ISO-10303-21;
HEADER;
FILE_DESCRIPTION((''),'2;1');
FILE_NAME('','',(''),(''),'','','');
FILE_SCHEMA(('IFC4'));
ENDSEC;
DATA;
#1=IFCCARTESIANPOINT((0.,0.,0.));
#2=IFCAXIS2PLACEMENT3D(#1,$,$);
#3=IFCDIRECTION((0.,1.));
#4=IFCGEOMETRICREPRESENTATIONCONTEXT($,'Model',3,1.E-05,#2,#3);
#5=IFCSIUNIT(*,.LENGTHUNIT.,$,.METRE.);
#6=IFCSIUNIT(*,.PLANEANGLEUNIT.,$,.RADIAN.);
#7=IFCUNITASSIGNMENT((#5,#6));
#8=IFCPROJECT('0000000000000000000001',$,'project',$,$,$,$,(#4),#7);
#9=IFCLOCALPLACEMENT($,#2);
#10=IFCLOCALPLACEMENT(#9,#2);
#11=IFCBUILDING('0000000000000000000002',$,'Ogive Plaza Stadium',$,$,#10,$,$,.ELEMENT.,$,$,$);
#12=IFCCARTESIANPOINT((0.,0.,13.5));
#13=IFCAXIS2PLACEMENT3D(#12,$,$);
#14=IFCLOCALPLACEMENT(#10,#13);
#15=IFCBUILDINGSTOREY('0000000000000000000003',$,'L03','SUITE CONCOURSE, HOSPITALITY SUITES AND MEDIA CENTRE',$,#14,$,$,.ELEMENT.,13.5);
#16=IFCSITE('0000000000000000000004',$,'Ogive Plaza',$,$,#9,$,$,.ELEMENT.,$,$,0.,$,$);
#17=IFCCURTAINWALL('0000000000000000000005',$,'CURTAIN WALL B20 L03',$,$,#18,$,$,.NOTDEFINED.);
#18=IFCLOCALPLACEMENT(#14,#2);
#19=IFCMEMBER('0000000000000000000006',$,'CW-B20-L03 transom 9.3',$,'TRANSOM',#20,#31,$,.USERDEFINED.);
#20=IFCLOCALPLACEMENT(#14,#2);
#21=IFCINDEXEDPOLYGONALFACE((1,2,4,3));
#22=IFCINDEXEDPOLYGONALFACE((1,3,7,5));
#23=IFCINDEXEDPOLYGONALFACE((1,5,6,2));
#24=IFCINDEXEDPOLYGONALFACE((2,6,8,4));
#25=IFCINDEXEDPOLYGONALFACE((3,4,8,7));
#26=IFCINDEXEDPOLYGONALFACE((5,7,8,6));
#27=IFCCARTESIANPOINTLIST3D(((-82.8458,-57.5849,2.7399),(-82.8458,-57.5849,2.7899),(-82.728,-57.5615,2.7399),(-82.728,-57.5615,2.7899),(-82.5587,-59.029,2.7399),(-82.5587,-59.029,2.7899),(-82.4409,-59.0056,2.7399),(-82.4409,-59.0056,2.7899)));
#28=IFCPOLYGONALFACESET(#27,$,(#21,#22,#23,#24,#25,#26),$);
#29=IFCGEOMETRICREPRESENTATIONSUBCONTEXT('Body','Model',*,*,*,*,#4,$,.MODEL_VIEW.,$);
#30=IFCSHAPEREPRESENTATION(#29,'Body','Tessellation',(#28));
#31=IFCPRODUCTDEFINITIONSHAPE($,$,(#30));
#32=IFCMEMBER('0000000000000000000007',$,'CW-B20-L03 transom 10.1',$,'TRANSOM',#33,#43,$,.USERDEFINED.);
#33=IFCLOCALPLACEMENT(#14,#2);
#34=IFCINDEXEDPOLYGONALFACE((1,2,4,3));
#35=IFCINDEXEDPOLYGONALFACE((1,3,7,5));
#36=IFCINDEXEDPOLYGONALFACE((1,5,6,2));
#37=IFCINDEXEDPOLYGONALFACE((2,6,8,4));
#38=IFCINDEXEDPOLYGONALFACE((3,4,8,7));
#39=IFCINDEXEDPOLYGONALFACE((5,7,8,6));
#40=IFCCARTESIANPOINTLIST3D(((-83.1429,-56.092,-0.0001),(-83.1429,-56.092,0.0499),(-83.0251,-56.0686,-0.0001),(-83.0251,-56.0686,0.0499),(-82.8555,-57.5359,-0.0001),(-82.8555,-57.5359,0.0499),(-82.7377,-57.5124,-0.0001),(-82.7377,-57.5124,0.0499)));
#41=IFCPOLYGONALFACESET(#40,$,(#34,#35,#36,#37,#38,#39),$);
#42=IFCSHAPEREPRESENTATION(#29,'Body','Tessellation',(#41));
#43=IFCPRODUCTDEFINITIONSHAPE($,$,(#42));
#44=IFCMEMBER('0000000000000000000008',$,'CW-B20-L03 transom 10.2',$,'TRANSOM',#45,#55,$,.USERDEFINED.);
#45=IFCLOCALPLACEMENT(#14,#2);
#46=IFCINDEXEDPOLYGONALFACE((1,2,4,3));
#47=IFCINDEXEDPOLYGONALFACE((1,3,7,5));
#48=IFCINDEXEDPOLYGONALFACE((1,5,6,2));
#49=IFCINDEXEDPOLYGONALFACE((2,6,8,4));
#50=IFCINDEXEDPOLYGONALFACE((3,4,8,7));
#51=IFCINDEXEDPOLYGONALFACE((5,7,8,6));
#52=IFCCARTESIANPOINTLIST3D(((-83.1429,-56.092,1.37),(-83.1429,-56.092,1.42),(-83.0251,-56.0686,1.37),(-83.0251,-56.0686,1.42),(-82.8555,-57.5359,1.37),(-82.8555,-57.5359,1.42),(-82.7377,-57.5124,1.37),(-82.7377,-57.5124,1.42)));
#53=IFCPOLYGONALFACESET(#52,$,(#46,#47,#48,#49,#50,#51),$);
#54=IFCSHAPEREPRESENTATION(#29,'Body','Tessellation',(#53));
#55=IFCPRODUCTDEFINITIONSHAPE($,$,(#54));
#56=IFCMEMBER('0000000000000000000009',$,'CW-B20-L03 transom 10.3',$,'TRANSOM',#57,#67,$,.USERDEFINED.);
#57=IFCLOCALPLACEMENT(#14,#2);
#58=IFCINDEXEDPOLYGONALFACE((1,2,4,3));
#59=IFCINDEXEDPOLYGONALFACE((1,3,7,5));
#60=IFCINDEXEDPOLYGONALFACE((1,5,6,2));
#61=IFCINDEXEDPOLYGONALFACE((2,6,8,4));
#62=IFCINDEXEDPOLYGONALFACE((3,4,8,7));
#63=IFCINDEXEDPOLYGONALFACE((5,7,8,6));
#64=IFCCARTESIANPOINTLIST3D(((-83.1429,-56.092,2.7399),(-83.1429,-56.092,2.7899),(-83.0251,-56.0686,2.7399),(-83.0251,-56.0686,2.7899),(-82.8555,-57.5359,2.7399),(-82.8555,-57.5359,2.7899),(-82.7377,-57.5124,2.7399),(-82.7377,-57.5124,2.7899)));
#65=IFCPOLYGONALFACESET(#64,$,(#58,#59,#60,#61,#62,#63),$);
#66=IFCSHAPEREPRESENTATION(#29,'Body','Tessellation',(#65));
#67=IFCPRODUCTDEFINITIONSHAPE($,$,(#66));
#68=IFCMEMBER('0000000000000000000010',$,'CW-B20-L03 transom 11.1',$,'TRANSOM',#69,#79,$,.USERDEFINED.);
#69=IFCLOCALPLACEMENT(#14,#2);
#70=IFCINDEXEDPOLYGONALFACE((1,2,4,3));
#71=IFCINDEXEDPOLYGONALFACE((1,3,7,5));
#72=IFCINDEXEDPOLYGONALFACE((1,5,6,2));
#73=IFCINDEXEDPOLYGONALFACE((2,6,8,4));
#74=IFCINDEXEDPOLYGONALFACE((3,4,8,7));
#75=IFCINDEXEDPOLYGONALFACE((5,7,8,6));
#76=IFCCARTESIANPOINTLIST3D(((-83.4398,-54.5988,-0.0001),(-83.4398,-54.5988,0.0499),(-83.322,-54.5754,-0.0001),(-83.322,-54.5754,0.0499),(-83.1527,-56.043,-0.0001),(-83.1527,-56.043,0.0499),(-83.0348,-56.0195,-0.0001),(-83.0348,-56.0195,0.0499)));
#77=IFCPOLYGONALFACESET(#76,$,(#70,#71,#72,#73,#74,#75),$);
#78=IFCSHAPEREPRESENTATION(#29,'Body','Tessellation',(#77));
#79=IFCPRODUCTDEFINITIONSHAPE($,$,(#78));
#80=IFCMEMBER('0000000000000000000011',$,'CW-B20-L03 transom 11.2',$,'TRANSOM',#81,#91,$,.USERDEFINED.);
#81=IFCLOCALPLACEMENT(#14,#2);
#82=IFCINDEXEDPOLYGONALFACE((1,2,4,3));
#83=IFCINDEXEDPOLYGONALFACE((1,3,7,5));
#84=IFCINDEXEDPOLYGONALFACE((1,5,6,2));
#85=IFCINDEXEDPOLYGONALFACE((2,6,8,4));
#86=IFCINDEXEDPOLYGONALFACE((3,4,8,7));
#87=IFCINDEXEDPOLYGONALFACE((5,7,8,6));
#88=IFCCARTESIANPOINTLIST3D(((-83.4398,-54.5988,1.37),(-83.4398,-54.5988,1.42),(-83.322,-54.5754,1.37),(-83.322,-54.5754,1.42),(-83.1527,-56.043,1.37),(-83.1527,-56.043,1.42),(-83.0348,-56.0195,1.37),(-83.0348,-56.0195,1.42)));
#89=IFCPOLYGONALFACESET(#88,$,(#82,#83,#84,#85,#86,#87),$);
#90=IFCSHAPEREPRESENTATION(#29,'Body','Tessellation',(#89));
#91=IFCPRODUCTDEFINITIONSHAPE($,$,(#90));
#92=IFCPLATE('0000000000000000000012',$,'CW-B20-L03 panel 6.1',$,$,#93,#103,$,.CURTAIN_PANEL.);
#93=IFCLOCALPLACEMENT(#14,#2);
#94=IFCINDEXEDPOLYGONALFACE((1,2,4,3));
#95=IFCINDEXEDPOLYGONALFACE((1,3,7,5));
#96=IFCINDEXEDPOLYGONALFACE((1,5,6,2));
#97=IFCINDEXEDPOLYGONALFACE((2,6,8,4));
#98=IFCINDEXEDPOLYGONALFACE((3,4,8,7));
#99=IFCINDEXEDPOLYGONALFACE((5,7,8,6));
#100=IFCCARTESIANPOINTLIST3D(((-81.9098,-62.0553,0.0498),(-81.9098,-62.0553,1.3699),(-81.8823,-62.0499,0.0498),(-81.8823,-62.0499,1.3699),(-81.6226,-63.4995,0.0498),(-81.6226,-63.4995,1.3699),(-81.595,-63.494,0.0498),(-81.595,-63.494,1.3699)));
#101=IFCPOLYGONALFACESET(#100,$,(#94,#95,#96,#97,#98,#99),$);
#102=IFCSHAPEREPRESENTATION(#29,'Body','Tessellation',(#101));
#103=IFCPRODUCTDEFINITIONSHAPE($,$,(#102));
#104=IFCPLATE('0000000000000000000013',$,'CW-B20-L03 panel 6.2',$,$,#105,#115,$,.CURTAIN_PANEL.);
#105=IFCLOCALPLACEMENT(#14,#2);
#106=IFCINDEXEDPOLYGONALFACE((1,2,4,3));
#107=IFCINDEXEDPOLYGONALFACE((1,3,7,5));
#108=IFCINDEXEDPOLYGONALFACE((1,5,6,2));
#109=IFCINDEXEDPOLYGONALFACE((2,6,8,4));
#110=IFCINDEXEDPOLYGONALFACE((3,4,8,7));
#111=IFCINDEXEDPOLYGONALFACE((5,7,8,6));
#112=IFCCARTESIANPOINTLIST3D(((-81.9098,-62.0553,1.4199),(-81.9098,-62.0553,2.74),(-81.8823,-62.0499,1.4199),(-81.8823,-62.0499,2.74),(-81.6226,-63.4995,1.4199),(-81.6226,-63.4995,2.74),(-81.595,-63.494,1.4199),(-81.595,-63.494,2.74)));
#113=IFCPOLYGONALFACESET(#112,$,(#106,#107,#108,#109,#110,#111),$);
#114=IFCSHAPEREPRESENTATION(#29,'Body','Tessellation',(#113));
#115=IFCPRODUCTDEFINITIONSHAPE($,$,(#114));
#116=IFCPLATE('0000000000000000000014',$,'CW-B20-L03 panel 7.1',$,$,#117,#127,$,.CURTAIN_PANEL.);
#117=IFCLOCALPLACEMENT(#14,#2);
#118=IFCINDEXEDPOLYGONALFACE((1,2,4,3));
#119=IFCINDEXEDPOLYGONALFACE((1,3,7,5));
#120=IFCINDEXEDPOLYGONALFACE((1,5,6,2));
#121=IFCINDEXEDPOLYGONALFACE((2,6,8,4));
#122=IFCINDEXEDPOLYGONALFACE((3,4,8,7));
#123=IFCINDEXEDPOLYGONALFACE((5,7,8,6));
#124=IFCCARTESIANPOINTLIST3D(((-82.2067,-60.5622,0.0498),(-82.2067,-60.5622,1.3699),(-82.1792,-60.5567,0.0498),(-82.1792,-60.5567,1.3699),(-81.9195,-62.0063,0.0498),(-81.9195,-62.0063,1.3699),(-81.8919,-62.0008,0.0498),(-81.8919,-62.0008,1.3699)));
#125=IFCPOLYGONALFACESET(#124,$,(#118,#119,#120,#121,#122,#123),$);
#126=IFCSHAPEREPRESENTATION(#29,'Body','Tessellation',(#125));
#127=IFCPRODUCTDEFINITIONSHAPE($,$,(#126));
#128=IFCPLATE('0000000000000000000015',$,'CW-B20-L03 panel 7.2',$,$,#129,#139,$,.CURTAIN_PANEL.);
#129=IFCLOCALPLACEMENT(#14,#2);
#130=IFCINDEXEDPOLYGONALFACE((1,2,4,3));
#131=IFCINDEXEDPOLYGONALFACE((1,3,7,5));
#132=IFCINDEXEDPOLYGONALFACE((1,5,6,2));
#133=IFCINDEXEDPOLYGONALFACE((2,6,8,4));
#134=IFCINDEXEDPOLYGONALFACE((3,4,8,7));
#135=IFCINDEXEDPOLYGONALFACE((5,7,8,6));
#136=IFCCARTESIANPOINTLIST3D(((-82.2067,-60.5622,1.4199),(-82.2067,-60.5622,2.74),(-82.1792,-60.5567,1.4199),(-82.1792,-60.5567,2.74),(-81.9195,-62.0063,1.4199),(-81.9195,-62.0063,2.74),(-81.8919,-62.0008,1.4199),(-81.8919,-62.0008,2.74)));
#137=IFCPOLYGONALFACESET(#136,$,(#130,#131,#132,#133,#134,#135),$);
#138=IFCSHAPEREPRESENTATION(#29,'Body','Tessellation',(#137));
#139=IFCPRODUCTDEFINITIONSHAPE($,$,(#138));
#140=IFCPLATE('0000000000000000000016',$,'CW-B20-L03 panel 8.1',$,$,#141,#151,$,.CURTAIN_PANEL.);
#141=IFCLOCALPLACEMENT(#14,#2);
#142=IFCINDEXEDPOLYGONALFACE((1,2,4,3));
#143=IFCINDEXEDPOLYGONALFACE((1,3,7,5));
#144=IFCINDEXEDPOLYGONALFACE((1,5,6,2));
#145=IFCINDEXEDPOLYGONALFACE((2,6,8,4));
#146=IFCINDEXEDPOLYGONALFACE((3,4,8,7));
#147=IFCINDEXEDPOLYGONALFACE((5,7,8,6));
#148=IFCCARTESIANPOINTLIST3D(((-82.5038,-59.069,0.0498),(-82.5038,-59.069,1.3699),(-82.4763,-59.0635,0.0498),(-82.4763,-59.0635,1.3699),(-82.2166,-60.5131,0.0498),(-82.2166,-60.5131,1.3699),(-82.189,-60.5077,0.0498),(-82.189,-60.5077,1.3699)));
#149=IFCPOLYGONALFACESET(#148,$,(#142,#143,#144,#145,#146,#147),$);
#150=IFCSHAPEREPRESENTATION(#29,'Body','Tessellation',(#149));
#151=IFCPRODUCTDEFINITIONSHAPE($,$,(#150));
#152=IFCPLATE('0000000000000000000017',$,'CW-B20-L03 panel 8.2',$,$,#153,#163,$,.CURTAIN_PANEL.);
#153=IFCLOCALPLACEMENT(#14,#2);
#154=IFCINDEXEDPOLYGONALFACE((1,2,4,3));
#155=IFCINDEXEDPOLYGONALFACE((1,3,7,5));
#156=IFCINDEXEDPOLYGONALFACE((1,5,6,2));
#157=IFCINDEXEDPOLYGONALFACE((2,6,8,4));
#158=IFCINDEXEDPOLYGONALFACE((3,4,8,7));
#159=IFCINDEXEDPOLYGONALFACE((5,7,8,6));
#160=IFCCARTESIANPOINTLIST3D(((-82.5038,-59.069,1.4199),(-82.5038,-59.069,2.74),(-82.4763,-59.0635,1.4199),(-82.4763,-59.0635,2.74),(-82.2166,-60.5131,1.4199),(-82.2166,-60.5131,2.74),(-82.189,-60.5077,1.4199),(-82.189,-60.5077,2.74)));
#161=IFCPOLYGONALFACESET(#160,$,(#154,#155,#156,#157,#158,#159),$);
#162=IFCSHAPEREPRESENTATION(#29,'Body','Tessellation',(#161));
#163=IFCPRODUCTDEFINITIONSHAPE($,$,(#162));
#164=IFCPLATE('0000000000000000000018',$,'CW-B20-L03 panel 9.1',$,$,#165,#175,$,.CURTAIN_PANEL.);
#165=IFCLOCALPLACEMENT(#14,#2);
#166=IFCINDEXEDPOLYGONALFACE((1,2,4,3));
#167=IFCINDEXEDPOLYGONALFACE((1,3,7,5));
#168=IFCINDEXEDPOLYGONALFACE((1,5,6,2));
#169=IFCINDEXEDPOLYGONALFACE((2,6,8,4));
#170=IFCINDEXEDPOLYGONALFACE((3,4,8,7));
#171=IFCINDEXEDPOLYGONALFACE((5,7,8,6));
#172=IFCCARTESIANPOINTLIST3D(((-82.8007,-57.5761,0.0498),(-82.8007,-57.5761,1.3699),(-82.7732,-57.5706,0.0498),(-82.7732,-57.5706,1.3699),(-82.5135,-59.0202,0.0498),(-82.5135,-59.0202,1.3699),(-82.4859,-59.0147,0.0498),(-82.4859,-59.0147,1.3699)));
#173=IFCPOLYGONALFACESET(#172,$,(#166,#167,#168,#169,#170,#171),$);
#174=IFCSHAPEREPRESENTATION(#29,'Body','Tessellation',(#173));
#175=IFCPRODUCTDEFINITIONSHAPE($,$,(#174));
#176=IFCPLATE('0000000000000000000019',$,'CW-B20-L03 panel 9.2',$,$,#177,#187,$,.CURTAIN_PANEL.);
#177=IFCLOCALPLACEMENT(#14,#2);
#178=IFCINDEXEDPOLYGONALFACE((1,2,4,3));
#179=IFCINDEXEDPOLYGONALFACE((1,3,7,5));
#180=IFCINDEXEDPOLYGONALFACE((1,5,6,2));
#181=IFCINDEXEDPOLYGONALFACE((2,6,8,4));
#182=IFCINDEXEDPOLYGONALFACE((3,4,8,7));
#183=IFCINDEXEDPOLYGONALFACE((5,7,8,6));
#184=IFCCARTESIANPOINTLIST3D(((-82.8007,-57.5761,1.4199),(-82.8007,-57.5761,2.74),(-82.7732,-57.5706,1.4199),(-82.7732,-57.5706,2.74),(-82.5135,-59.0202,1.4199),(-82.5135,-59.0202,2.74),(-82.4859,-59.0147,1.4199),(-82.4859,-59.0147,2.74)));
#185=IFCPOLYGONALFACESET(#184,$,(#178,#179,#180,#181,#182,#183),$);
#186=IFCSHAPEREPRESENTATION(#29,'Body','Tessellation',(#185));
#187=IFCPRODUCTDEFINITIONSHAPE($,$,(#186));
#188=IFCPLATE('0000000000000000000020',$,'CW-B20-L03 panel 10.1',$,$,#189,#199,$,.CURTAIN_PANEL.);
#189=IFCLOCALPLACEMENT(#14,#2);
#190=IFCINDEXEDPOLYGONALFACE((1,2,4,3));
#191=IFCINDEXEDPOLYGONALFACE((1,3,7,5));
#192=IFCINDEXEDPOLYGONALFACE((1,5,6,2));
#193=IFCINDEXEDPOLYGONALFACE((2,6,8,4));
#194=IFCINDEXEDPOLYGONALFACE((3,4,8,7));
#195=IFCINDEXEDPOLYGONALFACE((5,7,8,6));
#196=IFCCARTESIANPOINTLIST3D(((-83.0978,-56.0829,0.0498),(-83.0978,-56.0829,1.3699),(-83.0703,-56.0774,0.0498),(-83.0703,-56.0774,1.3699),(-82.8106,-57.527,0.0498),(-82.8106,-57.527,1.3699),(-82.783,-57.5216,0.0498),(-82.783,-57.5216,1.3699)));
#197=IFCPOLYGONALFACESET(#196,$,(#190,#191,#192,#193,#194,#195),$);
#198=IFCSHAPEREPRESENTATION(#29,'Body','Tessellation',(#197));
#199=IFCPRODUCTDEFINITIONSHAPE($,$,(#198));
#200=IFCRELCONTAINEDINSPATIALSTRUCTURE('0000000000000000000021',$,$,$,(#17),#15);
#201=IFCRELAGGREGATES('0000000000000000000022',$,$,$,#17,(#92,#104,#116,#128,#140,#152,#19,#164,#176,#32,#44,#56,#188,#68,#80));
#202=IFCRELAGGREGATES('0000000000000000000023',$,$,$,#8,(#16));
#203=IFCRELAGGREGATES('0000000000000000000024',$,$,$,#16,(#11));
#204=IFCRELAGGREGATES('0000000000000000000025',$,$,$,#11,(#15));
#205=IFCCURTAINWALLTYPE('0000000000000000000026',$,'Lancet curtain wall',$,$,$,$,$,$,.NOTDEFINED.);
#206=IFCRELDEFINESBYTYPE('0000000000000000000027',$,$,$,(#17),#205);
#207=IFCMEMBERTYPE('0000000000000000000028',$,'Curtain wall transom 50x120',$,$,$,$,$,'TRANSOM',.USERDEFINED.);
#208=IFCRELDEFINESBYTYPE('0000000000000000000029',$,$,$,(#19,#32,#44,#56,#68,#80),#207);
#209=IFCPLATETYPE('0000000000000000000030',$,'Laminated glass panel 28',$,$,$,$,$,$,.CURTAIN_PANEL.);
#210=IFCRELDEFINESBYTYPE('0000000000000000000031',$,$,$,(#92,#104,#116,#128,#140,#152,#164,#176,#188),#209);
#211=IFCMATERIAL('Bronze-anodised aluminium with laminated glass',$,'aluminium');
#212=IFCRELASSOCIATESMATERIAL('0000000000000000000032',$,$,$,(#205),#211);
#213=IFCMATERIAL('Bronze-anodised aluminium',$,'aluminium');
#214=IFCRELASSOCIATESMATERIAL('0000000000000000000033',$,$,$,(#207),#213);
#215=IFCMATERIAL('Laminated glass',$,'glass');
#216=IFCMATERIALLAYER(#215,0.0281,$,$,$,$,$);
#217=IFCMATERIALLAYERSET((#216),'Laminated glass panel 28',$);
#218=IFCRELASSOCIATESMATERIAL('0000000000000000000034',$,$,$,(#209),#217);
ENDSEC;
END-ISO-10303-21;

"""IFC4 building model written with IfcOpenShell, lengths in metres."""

from ifc_helpers import new_model, si_unit, direction, frame, origin, origin_2d, place, context, subcontext, project, spatial, rectangle, extrude, material, layer, layer_set, material_profile, profile_set, type_object, element, aggregate, save


model = new_model("IFC4")

# Units and contexts
model_context = context("Model", 3, precision=1e-05, world=origin(), true_north=direction((0.0, 1.0)))
body_context = subcontext(model_context, "Body", "Model", "MODEL_VIEW")
ifc_project = project(units=[si_unit("LENGTHUNIT", "METRE"), si_unit("PLANEANGLEUNIT", "RADIAN")], contexts=[model_context])

# Site, building, storey
site_placement = place(None, origin())
site = spatial("IfcSite", under=ifc_project, at=site_placement, Name="Ogive Plaza", CompositionType="ELEMENT", RefElevation=0.0)
building_placement = place(site_placement, origin())
building = spatial("IfcBuilding", under=site, at=building_placement, Name="Ogive Plaza Stadium", CompositionType="ELEMENT")
storey_placement = place(building_placement, frame((0.0, 0.0, 13.5)))
storey = spatial("IfcBuildingStorey", under=building, at=storey_placement, Name="L03", Description="SUITE CONCOURSE, HOSPITALITY SUITES AND MEDIA CENTRE", CompositionType="ELEMENT", Elevation=13.5)

# Curtain wall, members, plates
ifc_material_1 = material(Name="Bronze-anodised aluminium with laminated glass", Category="aluminium")
curtain_wall_type = type_object("IfcCurtainWallType", Name="Lancet curtain wall", PredefinedType="NOTDEFINED", material=ifc_material_1)
curtain_wall_placement = place(storey_placement, origin())
curtain_wall = element("IfcCurtainWall", 1, at=curtain_wall_placement, inside=storey, type_object=curtain_wall_type, Name="CURTAIN WALL B20 L03", PredefinedType="NOTDEFINED")
ifc_material_2 = material(Name="Bronze-anodised aluminium", Category="aluminium")
ifc_material_profile_1 = material_profile(ifc_material_2, rectangle(XDim=0.1201, YDim=0.05, at=origin_2d()), Name="AL 120x50")
ifc_profile_set_1 = profile_set([ifc_material_profile_1], Name="Bronze-anodised aluminium")
member_type_1 = type_object("IfcMemberType", Name="Curtain wall transom 50x120", ElementType="TRANSOM", PredefinedType="USERDEFINED", material=ifc_profile_set_1)
member_1_placement = place(storey_placement, frame((-82.4998, -59.0173, 2.7649), z_axis=(-0.195, 0.980803, 0.0), x_axis=(-0.980803, -0.195, 0.0)))
member_1 = element("IfcMember", 2, at=member_1_placement, type_object=member_type_1, Name="CW-B20-L03 transom 9.3", ObjectType="TRANSOM", PredefinedType="USERDEFINED", context=body_context, shape_type="SweptSolid", body=[
    extrude(rectangle(XDim=0.1201, YDim=0.05, at=origin_2d()), origin(), (0.0, 0.0, 1.0), 1.4724),
])
member_2_placement = place(storey_placement, frame((-82.7966, -57.5242, 0.0249), z_axis=(-0.195191, 0.980765, 0.0), x_axis=(-0.980765, -0.195191, 0.0)))
member_2 = element("IfcMember", 3, at=member_2_placement, type_object=member_type_1, Name="CW-B20-L03 transom 10.1", ObjectType="TRANSOM", PredefinedType="USERDEFINED", context=body_context, shape_type="SweptSolid", body=[
    extrude(rectangle(XDim=0.1201, YDim=0.05, at=origin_2d()), origin(), (0.0, 0.0, 1.0), 1.4722),
])
member_3_placement = place(storey_placement, frame((-82.7966, -57.5242, 1.395), z_axis=(-0.195191, 0.980765, 0.0), x_axis=(-0.980765, -0.195191, 0.0)))
member_3 = element("IfcMember", 4, at=member_3_placement, type_object=member_type_1, Name="CW-B20-L03 transom 10.2", ObjectType="TRANSOM", PredefinedType="USERDEFINED", context=body_context, shape_type="SweptSolid", body=[
    extrude(rectangle(XDim=0.1201, YDim=0.05, at=origin_2d()), origin(), (0.0, 0.0, 1.0), 1.4722),
])
member_4_placement = place(storey_placement, frame((-82.7966, -57.5242, 2.7649), z_axis=(-0.195191, 0.980765, 0.0), x_axis=(-0.980765, -0.195191, 0.0)))
member_4 = element("IfcMember", 5, at=member_4_placement, type_object=member_type_1, Name="CW-B20-L03 transom 10.3", ObjectType="TRANSOM", PredefinedType="USERDEFINED", context=body_context, shape_type="SweptSolid", body=[
    extrude(rectangle(XDim=0.1201, YDim=0.05, at=origin_2d()), origin(), (0.0, 0.0, 1.0), 1.4722),
])
member_5_placement = place(storey_placement, frame((-83.0938, -56.0312, 0.0249), z_axis=(-0.195, 0.980803, 0.0), x_axis=(-0.980803, -0.195, 0.0)))
member_5 = element("IfcMember", 6, at=member_5_placement, type_object=member_type_1, Name="CW-B20-L03 transom 11.1", ObjectType="TRANSOM", PredefinedType="USERDEFINED", context=body_context, shape_type="SweptSolid", body=[
    extrude(rectangle(XDim=0.1201, YDim=0.05, at=origin_2d()), origin(), (0.0, 0.0, 1.0), 1.4724),
])
member_6_placement = place(storey_placement, frame((-83.0938, -56.0312, 1.395), z_axis=(-0.195, 0.980803, 0.0), x_axis=(-0.980803, -0.195, 0.0)))
member_6 = element("IfcMember", 7, at=member_6_placement, type_object=member_type_1, Name="CW-B20-L03 transom 11.2", ObjectType="TRANSOM", PredefinedType="USERDEFINED", context=body_context, shape_type="SweptSolid", body=[
    extrude(rectangle(XDim=0.1201, YDim=0.05, at=origin_2d()), origin(), (0.0, 0.0, 1.0), 1.4724),
])
ifc_material_3 = material(Name="Laminated glass", Category="glass")
ifc_layer_1 = layer(ifc_material_3, 0.0281)
ifc_layer_set_1 = layer_set([ifc_layer_1], Name="Laminated glass panel 28")
plate_type = type_object("IfcPlateType", Name="Laminated glass panel 28", PredefinedType="CURTAIN_PANEL", material=ifc_layer_set_1)
plate_1_placement = place(storey_placement, frame((-81.7524, -62.7747, 0.0498), z_axis=(0.0, 0.0, 1.0), x_axis=(-0.19509, 0.980785, 0.0)))
plate_1 = element("IfcPlate", 8, at=plate_1_placement, type_object=plate_type, Name="CW-B20-L03 panel 6.1", PredefinedType="CURTAIN_PANEL", context=body_context, shape_type="SweptSolid", body=[
    extrude(rectangle(XDim=1.4724, YDim=0.0281, at=origin_2d()), origin(), (0.0, 0.0, 1.0), 1.3201),
])
plate_2_placement = place(storey_placement, frame((-81.7524, -62.7747, 1.4199), z_axis=(0.0, 0.0, 1.0), x_axis=(-0.19509, 0.980785, 0.0)))
plate_2 = element("IfcPlate", 9, at=plate_2_placement, type_object=plate_type, Name="CW-B20-L03 panel 6.2", PredefinedType="CURTAIN_PANEL", context=body_context, shape_type="SweptSolid", body=[
    extrude(rectangle(XDim=1.4724, YDim=0.0281, at=origin_2d()), origin(), (0.0, 0.0, 1.0), 1.3201),
])
plate_3_placement = place(storey_placement, frame((-82.0493, -61.2815, 0.0498), z_axis=(0.0, 0.0, 1.0), x_axis=(-0.19509, 0.980785, 0.0)))
plate_3 = element("IfcPlate", 10, at=plate_3_placement, type_object=plate_type, Name="CW-B20-L03 panel 7.1", PredefinedType="CURTAIN_PANEL", context=body_context, shape_type="SweptSolid", body=[
    extrude(rectangle(XDim=1.4724, YDim=0.0281, at=origin_2d()), origin(), (0.0, 0.0, 1.0), 1.3201),
])
plate_4_placement = place(storey_placement, frame((-82.0493, -61.2815, 1.4199), z_axis=(0.0, 0.0, 1.0), x_axis=(-0.19509, 0.980785, 0.0)))
plate_4 = element("IfcPlate", 11, at=plate_4_placement, type_object=plate_type, Name="CW-B20-L03 panel 7.2", PredefinedType="CURTAIN_PANEL", context=body_context, shape_type="SweptSolid", body=[
    extrude(rectangle(XDim=1.4724, YDim=0.0281, at=origin_2d()), origin(), (0.0, 0.0, 1.0), 1.3201),
])
plate_5_placement = place(storey_placement, frame((-82.3464, -59.7883, 0.0498), z_axis=(0.0, 0.0, 1.0), x_axis=(-0.19509, 0.980785, 0.0)))
plate_5 = element("IfcPlate", 12, at=plate_5_placement, type_object=plate_type, Name="CW-B20-L03 panel 8.1", PredefinedType="CURTAIN_PANEL", context=body_context, shape_type="SweptSolid", body=[
    extrude(rectangle(XDim=1.4724, YDim=0.0281, at=origin_2d()), origin(), (0.0, 0.0, 1.0), 1.3201),
])
plate_6_placement = place(storey_placement, frame((-82.3464, -59.7883, 1.4199), z_axis=(0.0, 0.0, 1.0), x_axis=(-0.19509, 0.980785, 0.0)))
plate_6 = element("IfcPlate", 13, at=plate_6_placement, type_object=plate_type, Name="CW-B20-L03 panel 8.2", PredefinedType="CURTAIN_PANEL", context=body_context, shape_type="SweptSolid", body=[
    extrude(rectangle(XDim=1.4724, YDim=0.0281, at=origin_2d()), origin(), (0.0, 0.0, 1.0), 1.3201),
])
plate_7_placement = place(storey_placement, frame((-82.6433, -58.2954, 0.0498), z_axis=(0.0, 0.0, 1.0), x_axis=(-0.19509, 0.980785, 0.0)))
plate_7 = element("IfcPlate", 14, at=plate_7_placement, type_object=plate_type, Name="CW-B20-L03 panel 9.1", PredefinedType="CURTAIN_PANEL", context=body_context, shape_type="SweptSolid", body=[
    extrude(rectangle(XDim=1.4724, YDim=0.0281, at=origin_2d()), origin(), (0.0, 0.0, 1.0), 1.3201),
])
plate_8_placement = place(storey_placement, frame((-82.6433, -58.2954, 1.4199), z_axis=(0.0, 0.0, 1.0), x_axis=(-0.19509, 0.980785, 0.0)))
plate_8 = element("IfcPlate", 15, at=plate_8_placement, type_object=plate_type, Name="CW-B20-L03 panel 9.2", PredefinedType="CURTAIN_PANEL", context=body_context, shape_type="SweptSolid", body=[
    extrude(rectangle(XDim=1.4724, YDim=0.0281, at=origin_2d()), origin(), (0.0, 0.0, 1.0), 1.3201),
])
plate_9_placement = place(storey_placement, frame((-82.9404, -56.8022, 0.0498), z_axis=(0.0, 0.0, 1.0), x_axis=(-0.19509, 0.980785, 0.0)))
plate_9 = element("IfcPlate", 16, at=plate_9_placement, type_object=plate_type, Name="CW-B20-L03 panel 10.1", PredefinedType="CURTAIN_PANEL", context=body_context, shape_type="SweptSolid", body=[
    extrude(rectangle(XDim=1.4724, YDim=0.0281, at=origin_2d()), origin(), (0.0, 0.0, 1.0), 1.3201),
])
aggregate(curtain_wall, [plate_1, plate_2, plate_3, plate_4, plate_5, plate_6, member_1, plate_7, plate_8, member_2, member_3, member_4, plate_9, member_5, member_6])

save(model, "model.ifc")
